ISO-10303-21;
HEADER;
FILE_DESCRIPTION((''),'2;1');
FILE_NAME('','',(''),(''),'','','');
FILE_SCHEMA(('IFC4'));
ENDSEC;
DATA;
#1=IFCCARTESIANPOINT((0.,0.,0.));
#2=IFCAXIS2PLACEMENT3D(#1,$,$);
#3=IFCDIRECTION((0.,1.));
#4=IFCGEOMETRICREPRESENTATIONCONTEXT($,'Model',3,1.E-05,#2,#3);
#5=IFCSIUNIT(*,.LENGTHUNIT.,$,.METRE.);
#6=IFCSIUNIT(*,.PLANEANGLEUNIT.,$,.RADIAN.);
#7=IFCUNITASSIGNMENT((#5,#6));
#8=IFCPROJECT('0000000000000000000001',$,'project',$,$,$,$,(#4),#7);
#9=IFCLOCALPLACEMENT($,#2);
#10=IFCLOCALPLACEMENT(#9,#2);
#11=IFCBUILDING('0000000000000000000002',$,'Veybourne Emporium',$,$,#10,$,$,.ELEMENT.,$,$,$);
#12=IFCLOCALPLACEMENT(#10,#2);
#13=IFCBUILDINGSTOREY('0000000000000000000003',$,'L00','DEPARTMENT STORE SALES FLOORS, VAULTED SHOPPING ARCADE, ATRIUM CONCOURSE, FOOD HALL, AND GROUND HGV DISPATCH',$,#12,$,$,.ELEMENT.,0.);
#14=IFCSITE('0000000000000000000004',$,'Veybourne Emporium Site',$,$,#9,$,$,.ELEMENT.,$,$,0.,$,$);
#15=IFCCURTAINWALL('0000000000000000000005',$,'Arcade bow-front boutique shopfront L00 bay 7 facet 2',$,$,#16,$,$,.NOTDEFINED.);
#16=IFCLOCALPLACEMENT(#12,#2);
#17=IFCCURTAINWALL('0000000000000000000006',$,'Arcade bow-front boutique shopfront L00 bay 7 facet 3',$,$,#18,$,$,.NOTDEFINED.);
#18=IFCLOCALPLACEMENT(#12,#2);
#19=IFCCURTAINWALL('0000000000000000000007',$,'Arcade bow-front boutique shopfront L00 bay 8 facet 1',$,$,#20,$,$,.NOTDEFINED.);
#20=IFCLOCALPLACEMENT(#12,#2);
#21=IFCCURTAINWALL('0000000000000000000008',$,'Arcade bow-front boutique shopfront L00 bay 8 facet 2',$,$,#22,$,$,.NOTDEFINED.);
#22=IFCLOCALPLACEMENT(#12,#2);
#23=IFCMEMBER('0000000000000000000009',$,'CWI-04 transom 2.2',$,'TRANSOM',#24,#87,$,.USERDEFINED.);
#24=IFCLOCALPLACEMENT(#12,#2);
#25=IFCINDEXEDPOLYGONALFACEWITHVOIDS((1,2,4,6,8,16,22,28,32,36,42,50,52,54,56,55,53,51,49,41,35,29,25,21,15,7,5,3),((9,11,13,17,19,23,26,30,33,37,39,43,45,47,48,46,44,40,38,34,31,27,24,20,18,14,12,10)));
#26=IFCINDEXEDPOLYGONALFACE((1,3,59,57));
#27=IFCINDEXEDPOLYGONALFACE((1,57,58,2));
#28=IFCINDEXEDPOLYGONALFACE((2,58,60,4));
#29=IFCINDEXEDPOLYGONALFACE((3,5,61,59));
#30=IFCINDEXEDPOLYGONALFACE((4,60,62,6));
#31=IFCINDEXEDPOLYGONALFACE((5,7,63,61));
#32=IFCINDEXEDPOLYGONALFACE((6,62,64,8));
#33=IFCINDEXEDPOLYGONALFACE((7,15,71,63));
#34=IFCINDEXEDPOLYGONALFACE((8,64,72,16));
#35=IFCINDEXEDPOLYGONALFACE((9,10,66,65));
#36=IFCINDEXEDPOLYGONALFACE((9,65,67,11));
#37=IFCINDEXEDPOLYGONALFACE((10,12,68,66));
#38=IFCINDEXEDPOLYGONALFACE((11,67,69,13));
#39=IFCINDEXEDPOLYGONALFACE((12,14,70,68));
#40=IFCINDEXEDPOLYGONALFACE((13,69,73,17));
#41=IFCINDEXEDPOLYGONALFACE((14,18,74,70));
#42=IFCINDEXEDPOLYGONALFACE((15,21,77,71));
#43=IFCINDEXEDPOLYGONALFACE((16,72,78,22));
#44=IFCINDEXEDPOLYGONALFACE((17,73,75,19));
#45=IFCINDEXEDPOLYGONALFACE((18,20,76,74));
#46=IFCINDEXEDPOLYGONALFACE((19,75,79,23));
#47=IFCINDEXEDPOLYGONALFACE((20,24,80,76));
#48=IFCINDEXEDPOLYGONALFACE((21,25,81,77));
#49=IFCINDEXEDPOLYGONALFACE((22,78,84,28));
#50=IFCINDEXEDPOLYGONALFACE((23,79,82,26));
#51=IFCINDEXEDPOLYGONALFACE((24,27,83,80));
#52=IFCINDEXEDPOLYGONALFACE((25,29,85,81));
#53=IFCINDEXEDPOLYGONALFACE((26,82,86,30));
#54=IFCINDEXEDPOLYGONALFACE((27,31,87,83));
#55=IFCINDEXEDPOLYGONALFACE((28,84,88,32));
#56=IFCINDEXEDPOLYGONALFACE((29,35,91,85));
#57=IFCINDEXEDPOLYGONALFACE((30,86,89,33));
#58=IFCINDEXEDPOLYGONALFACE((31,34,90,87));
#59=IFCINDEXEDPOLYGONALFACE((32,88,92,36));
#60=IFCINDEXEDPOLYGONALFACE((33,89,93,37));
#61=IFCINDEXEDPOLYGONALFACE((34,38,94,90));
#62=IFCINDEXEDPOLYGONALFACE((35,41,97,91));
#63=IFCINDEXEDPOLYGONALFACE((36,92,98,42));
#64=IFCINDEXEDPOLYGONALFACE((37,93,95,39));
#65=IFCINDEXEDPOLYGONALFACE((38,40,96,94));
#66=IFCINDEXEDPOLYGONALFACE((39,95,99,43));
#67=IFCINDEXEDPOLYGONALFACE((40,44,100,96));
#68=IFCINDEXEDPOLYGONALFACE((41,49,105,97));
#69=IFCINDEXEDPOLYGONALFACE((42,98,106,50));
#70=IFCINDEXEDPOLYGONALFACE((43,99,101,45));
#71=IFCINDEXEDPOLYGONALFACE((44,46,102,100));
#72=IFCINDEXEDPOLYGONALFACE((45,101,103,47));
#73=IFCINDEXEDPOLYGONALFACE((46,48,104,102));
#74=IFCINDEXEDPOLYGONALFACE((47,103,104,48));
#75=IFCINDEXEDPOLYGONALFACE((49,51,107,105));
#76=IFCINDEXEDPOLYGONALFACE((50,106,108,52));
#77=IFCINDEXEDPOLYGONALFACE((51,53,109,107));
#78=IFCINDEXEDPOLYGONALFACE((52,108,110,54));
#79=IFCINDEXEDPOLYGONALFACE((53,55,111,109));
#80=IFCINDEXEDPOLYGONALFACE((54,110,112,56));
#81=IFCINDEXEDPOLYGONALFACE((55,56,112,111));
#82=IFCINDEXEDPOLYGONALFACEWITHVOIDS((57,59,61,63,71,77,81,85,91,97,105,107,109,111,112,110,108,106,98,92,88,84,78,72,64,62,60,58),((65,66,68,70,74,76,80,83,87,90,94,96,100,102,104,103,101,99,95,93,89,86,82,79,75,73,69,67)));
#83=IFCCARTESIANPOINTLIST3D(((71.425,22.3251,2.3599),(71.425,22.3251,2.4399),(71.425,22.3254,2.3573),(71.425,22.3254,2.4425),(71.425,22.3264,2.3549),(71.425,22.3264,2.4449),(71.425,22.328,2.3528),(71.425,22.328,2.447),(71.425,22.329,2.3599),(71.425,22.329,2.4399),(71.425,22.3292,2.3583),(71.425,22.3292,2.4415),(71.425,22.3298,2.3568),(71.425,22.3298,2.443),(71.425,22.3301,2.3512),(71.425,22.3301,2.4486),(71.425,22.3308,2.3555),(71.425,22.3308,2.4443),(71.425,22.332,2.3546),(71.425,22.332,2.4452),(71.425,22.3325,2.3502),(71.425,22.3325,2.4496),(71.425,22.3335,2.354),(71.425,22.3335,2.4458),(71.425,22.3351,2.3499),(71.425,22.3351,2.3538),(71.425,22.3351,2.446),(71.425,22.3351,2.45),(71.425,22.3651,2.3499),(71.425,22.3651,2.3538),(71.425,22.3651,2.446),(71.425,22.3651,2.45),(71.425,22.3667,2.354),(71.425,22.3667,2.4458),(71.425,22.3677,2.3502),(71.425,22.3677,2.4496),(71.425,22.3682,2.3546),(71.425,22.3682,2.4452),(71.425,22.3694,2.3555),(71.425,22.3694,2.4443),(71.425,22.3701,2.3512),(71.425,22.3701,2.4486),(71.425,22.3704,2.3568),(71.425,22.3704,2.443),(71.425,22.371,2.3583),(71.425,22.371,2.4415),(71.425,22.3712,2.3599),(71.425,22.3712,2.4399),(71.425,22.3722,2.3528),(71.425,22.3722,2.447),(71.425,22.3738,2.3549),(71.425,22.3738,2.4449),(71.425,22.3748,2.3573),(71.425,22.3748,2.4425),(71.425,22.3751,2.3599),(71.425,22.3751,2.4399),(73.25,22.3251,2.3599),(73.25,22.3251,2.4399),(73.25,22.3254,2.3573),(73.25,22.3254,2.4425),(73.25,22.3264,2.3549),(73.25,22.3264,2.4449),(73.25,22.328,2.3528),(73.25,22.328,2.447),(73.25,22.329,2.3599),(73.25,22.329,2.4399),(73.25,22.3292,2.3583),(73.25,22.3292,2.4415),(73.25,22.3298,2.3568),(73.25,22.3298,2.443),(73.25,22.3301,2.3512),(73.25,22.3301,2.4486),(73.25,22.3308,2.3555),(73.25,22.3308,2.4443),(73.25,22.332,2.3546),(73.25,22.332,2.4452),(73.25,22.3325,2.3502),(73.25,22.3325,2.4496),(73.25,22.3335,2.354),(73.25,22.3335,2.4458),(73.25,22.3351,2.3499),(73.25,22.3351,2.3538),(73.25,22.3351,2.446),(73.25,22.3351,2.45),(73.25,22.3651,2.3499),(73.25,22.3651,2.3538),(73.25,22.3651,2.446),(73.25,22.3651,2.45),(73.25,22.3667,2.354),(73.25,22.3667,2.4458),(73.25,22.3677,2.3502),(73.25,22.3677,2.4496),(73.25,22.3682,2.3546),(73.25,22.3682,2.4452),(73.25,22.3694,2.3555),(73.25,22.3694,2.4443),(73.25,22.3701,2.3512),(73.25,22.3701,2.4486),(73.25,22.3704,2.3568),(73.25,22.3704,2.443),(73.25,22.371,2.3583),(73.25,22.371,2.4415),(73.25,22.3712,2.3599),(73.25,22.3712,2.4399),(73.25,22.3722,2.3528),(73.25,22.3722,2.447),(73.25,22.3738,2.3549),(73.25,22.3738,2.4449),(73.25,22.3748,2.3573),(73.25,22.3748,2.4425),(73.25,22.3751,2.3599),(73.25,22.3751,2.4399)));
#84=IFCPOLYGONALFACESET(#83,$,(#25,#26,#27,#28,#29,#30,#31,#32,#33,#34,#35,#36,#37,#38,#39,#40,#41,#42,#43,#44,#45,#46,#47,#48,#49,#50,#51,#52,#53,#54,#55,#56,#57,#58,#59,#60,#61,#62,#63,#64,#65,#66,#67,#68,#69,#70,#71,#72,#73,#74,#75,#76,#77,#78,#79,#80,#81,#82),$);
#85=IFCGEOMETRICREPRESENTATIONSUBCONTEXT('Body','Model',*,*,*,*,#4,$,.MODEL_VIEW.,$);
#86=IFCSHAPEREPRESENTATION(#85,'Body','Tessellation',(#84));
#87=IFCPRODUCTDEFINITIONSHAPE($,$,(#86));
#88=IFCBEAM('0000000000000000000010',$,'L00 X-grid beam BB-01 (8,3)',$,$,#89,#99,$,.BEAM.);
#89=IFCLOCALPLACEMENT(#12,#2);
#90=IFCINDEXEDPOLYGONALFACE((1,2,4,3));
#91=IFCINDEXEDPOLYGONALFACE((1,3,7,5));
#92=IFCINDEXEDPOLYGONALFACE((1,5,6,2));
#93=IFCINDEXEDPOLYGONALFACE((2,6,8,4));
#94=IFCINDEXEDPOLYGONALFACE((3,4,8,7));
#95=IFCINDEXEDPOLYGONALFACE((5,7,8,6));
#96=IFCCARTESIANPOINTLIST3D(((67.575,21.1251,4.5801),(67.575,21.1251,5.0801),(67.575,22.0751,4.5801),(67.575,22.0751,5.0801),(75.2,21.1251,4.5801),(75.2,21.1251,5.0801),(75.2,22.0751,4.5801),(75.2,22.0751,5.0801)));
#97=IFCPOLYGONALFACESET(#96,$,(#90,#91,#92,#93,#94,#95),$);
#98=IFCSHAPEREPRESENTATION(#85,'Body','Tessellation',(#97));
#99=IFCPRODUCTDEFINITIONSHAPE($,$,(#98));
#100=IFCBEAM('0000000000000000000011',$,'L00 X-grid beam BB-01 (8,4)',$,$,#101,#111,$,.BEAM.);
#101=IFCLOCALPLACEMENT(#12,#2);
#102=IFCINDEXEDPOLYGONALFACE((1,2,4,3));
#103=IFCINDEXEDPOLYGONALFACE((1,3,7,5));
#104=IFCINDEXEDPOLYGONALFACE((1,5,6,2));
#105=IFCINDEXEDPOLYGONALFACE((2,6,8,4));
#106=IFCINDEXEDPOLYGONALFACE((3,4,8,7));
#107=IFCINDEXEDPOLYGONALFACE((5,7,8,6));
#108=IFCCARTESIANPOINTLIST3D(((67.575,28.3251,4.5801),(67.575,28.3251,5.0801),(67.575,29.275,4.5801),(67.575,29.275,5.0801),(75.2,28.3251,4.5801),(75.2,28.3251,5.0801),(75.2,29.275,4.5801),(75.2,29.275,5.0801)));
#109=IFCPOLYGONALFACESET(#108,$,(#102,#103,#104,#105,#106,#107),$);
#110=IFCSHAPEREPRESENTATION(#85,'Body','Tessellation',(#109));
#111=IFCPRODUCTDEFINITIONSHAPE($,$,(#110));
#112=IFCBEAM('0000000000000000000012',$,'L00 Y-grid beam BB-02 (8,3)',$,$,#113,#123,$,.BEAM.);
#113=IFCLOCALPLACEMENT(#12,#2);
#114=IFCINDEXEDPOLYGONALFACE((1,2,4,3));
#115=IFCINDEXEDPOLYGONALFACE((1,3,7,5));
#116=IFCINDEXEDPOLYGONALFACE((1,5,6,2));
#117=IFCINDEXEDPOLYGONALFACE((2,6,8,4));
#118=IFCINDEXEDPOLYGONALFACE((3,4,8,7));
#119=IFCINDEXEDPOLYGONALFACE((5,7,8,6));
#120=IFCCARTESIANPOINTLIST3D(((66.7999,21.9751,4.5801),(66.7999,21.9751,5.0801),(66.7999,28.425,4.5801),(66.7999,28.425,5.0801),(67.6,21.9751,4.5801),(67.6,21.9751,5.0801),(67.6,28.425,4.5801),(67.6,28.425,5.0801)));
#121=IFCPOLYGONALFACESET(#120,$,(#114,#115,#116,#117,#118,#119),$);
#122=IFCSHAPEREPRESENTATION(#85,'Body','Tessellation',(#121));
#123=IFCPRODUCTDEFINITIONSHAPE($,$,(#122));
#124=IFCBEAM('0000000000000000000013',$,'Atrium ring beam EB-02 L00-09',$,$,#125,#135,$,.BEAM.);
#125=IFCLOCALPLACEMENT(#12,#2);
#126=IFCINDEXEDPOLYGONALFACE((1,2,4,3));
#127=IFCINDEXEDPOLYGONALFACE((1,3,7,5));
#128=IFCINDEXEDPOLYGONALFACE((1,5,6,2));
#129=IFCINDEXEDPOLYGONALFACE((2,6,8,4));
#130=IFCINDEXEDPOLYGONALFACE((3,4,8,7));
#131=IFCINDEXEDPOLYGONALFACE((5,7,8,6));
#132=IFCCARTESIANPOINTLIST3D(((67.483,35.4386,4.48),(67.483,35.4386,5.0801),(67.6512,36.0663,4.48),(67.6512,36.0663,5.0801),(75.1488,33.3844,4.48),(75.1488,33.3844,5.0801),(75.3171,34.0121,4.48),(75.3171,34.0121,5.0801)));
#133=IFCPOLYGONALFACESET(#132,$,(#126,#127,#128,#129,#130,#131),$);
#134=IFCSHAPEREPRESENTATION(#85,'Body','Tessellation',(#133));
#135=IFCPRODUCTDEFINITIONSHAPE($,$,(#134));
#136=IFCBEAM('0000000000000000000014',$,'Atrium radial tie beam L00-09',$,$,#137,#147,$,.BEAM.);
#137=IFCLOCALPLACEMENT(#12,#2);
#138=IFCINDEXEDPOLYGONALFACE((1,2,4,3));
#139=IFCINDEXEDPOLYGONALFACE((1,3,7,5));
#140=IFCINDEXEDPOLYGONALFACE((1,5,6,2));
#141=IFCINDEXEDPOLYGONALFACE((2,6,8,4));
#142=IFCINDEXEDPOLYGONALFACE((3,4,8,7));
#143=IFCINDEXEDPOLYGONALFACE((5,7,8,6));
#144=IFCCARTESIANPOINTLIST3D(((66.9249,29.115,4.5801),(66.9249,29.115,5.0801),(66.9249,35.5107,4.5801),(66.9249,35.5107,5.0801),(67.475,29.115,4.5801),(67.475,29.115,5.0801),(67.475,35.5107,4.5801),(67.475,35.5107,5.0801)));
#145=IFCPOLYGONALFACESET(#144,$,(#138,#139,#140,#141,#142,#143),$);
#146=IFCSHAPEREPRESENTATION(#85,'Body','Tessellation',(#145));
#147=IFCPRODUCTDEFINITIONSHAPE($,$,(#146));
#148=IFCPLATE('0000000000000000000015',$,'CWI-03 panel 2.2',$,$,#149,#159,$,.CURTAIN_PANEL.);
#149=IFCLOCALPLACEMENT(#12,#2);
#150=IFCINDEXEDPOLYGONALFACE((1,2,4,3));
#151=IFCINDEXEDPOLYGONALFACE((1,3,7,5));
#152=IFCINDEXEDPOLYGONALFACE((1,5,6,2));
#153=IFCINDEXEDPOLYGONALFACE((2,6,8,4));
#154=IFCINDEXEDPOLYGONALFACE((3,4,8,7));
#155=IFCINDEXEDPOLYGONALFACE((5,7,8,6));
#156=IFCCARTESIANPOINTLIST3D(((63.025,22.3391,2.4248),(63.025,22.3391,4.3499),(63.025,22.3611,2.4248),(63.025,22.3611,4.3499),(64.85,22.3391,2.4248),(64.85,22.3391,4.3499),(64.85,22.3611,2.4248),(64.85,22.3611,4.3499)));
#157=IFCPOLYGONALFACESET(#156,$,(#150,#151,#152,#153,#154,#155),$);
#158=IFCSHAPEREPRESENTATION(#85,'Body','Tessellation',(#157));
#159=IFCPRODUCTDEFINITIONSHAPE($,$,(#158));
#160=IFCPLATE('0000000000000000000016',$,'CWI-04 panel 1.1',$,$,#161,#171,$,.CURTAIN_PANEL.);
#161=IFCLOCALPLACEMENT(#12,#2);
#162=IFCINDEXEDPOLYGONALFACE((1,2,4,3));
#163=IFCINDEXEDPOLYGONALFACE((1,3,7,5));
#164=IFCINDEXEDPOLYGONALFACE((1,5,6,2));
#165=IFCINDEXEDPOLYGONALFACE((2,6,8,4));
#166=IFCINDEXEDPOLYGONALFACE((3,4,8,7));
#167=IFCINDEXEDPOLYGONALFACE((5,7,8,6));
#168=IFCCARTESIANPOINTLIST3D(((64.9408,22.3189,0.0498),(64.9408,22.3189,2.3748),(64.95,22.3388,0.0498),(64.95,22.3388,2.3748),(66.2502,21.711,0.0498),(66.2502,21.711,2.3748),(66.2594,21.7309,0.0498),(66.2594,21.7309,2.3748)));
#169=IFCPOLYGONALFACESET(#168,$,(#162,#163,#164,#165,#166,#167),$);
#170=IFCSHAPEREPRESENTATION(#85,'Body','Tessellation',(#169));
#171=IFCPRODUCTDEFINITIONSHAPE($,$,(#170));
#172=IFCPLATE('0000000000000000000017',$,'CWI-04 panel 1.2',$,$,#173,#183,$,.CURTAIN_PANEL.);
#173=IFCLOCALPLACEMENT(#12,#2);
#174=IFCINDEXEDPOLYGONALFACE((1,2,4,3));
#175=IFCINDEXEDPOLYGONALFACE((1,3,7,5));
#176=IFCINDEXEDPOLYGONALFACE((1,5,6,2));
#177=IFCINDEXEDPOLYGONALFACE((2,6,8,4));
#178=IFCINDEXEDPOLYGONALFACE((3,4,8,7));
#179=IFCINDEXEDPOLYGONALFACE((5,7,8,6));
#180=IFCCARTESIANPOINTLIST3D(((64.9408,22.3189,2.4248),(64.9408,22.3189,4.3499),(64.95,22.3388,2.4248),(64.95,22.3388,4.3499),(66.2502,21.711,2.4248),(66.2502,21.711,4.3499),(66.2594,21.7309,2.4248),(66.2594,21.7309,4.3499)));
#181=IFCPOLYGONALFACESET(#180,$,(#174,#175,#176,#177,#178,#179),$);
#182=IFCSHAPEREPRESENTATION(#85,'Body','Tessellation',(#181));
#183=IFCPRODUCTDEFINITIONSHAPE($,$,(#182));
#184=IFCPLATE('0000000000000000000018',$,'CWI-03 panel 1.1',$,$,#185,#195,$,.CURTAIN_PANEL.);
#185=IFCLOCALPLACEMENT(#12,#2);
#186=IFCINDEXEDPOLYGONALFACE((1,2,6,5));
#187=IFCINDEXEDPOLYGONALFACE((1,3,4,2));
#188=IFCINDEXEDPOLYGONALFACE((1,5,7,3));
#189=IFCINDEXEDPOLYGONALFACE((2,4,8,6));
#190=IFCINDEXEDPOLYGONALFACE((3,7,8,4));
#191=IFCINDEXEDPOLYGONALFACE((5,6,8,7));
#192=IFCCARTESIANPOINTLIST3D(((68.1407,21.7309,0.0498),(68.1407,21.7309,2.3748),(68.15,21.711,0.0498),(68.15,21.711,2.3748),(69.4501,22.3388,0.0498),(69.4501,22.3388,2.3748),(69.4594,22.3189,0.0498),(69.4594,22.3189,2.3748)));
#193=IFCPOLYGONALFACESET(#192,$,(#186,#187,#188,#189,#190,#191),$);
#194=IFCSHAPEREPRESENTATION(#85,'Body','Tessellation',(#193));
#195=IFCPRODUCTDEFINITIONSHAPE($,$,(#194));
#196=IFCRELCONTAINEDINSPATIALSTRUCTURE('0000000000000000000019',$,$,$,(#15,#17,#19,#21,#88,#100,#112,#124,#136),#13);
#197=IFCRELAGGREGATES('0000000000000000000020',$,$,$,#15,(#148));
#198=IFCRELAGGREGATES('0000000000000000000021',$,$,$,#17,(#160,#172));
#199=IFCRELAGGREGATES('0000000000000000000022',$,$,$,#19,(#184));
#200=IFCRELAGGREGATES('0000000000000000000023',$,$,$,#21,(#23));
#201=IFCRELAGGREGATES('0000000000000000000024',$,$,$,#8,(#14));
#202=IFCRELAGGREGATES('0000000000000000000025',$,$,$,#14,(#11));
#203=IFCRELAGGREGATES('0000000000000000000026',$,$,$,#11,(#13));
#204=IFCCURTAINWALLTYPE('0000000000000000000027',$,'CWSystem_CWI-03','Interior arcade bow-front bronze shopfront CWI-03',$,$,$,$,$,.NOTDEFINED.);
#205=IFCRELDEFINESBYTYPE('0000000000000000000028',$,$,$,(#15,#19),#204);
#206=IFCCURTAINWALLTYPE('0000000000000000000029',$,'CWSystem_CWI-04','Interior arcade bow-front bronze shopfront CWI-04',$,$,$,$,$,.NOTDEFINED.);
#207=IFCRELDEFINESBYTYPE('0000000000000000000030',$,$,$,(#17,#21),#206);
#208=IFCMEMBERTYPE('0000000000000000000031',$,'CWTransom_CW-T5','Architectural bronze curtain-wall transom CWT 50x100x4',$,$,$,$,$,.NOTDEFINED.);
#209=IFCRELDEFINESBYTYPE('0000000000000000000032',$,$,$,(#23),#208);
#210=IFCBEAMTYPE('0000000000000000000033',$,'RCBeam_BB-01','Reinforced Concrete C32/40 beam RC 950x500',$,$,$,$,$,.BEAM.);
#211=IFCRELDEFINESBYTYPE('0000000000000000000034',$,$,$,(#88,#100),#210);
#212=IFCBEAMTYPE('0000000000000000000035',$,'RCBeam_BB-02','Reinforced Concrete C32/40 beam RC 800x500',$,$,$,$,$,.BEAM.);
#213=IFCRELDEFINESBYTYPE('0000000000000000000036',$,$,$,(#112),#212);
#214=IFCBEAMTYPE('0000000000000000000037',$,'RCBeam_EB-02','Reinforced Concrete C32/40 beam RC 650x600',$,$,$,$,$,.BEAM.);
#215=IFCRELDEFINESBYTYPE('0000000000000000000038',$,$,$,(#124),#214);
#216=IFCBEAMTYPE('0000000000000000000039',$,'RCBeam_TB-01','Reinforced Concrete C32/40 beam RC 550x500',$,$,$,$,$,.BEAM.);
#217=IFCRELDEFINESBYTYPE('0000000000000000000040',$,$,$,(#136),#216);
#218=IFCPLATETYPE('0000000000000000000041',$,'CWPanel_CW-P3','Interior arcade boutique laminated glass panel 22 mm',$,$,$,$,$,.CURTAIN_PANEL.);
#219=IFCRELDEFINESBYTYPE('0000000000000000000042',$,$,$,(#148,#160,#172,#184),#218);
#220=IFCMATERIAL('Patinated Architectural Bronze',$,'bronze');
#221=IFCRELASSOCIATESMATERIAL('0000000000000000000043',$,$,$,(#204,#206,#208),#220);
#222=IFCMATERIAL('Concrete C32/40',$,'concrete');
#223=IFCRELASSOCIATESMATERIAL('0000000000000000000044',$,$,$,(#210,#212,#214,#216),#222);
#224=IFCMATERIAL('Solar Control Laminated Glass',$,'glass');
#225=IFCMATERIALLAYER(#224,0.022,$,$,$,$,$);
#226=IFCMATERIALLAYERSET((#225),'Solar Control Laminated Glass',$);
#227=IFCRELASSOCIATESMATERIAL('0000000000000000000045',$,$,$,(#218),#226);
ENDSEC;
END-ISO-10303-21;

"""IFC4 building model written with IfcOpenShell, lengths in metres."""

from ifc_helpers import new_model, si_unit, direction, frame, origin, origin_2d, place, context, subcontext, project, spatial, rectangle, hollow_rectangle, extrude, material, layer, layer_set, material_profile, profile_set, type_object, element, aggregate, save


model = new_model("IFC4")

# Units and contexts
model_context = context("Model", 3, precision=1e-05, world=origin(), true_north=direction((0.0, 1.0)))
body_context = subcontext(model_context, "Body", "Model", "MODEL_VIEW")
ifc_project = project(units=[si_unit("LENGTHUNIT", "METRE"), si_unit("PLANEANGLEUNIT", "RADIAN")], contexts=[model_context])

# Site, building, storey
site_placement = place(None, origin())
site = spatial("IfcSite", under=ifc_project, at=site_placement, Name="Veybourne Emporium Site", CompositionType="ELEMENT", RefElevation=0.0)
building_placement = place(site_placement, origin())
building = spatial("IfcBuilding", under=site, at=building_placement, Name="Veybourne Emporium", CompositionType="ELEMENT")
storey_placement = place(building_placement, origin())
storey = spatial("IfcBuildingStorey", under=building, at=storey_placement, Name="L00", Description="DEPARTMENT STORE SALES FLOORS, VAULTED SHOPPING ARCADE, ATRIUM CONCOURSE, FOOD HALL, AND GROUND HGV DISPATCH", CompositionType="ELEMENT", Elevation=0.0)

# Curtain wall
ifc_material_1 = material(Name="Patinated Architectural Bronze", Category="bronze")
curtain_wall_type_1 = type_object("IfcCurtainWallType", Name="CWSystem_CWI-03", Description="Interior arcade bow-front bronze shopfront CWI-03", PredefinedType="NOTDEFINED", material=ifc_material_1)
curtain_wall_1_placement = place(storey_placement, origin())
curtain_wall_1 = element("IfcCurtainWall", 1, at=curtain_wall_1_placement, inside=storey, type_object=curtain_wall_type_1, Name="Arcade bow-front boutique shopfront L00 bay 7 facet 2", PredefinedType="NOTDEFINED")

# Curtain walls
curtain_wall_type_2 = type_object("IfcCurtainWallType", Name="CWSystem_CWI-04", Description="Interior arcade bow-front bronze shopfront CWI-04", PredefinedType="NOTDEFINED", material=ifc_material_1)
curtain_wall_2_placement = place(storey_placement, origin())
curtain_wall_2 = element("IfcCurtainWall", 2, at=curtain_wall_2_placement, inside=storey, type_object=curtain_wall_type_2, Name="Arcade bow-front boutique shopfront L00 bay 7 facet 3", PredefinedType="NOTDEFINED")
curtain_wall_3_placement = place(storey_placement, origin())
curtain_wall_3 = element("IfcCurtainWall", 3, at=curtain_wall_3_placement, inside=storey, type_object=curtain_wall_type_1, Name="Arcade bow-front boutique shopfront L00 bay 8 facet 1", PredefinedType="NOTDEFINED")
curtain_wall_4_placement = place(storey_placement, origin())
curtain_wall_4 = element("IfcCurtainWall", 4, at=curtain_wall_4_placement, inside=storey, type_object=curtain_wall_type_2, Name="Arcade bow-front boutique shopfront L00 bay 8 facet 2", PredefinedType="NOTDEFINED")

# Member
ifc_material_profile_1 = material_profile(ifc_material_1, hollow_rectangle(XDim=0.05, YDim=0.1001, WallThickness=0.0039, InnerFilletRadius=0.0061, OuterFilletRadius=0.01, at=origin_2d()), Name="CWT 50x100x4")
ifc_profile_set_1 = profile_set([ifc_material_profile_1], Name="Patinated Architectural Bronze")
member_type_1 = type_object("IfcMemberType", Name="CWTransom_CW-T5", Description="Architectural bronze curtain-wall transom CWT 50x100x4", PredefinedType="NOTDEFINED", material=ifc_profile_set_1)
member_1_placement = place(storey_placement, frame((71.425, 22.3501, 2.3999), z_axis=(1.0, 0.0, 0.0), x_axis=(0.0, 1.0, 0.0)))
member_1 = element("IfcMember", 5, at=member_1_placement, type_object=member_type_1, Name="CWI-04 transom 2.2", ObjectType="TRANSOM", PredefinedType="USERDEFINED", context=body_context, shape_type="SweptSolid", body=[
    extrude(hollow_rectangle(XDim=0.05, YDim=0.1001, WallThickness=0.0039, InnerFilletRadius=0.0061, OuterFilletRadius=0.01, at=origin_2d()), origin(), (0.0, 0.0, 1.0), 1.825),
])

# Beams
ifc_material_2 = material(Name="Concrete C32/40", Category="concrete")
ifc_material_profile_2 = material_profile(ifc_material_2, rectangle(XDim=0.95, YDim=0.5, at=origin_2d()), Name="RC 950x500")
ifc_profile_set_2 = profile_set([ifc_material_profile_2], Name="Concrete C32/40")
beam_type_1 = type_object("IfcBeamType", Name="RCBeam_BB-01", Description="Reinforced Concrete C32/40 beam RC 950x500", PredefinedType="BEAM", material=ifc_profile_set_2)
for number, where, z_axis, x_axis, name in (
    (6, (67.575, 21.6001, 4.8301), (1.0, 0.0, 0.0), (0.0, 1.0, 0.0), "L00 X-grid beam BB-01 (8,3)"),
    (7, (67.575, 28.8, 4.8301), (1.0, 0.0, 0.0), (0.0, 1.0, 0.0), "L00 X-grid beam BB-01 (8,4)"),
):
    element("IfcBeam", number, at=place(storey_placement, frame(where, z_axis=z_axis, x_axis=x_axis)), inside=storey, type_object=beam_type_1, Name=name, PredefinedType="BEAM", context=body_context, shape_type="SweptSolid", body=[
        extrude(rectangle(XDim=0.95, YDim=0.5, at=origin_2d()), origin(), (0.0, 0.0, 1.0), 7.625),
    ])
ifc_material_profile_3 = material_profile(ifc_material_2, rectangle(XDim=0.8, YDim=0.5, at=origin_2d()), Name="RC 800x500")
ifc_profile_set_3 = profile_set([ifc_material_profile_3], Name="Concrete C32/40")
beam_type_2 = type_object("IfcBeamType", Name="RCBeam_BB-02", Description="Reinforced Concrete C32/40 beam RC 800x500", PredefinedType="BEAM", material=ifc_profile_set_3)
beam_1_placement = place(storey_placement, frame((67.2, 21.9751, 4.8301), z_axis=(0.0, 1.0, 0.0), x_axis=(-1.0, 0.0, 0.0)))
element("IfcBeam", 8, at=beam_1_placement, inside=storey, type_object=beam_type_2, Name="L00 Y-grid beam BB-02 (8,3)", PredefinedType="BEAM", context=body_context, shape_type="SweptSolid", body=[
    extrude(rectangle(XDim=0.8, YDim=0.5, at=origin_2d()), origin(), (0.0, 0.0, 1.0), 6.45),
])
ifc_material_profile_4 = material_profile(ifc_material_2, rectangle(XDim=0.6499, YDim=0.6001, at=origin_2d()), Name="RC 650x600")
ifc_profile_set_4 = profile_set([ifc_material_profile_4], Name="Concrete C32/40")
beam_type_3 = type_object("IfcBeamType", Name="RCBeam_EB-02", Description="Reinforced Concrete C32/40 beam RC 650x600", PredefinedType="BEAM", material=ifc_profile_set_4)
beam_2_placement = place(storey_placement, frame((67.5671, 35.7524, 4.78), z_axis=(0.965921, -0.258838, 0.0), x_axis=(0.258838, 0.965921, 0.0)))
element("IfcBeam", 9, at=beam_2_placement, inside=storey, type_object=beam_type_3, Name="Atrium ring beam EB-02 L00-09", PredefinedType="BEAM", context=body_context, shape_type="SweptSolid", body=[
    extrude(rectangle(XDim=0.6499, YDim=0.6001, at=origin_2d()), origin(), (0.0, 0.0, 1.0), 7.9363),
])
ifc_material_profile_5 = material_profile(ifc_material_2, rectangle(XDim=0.55, YDim=0.5, at=origin_2d()), Name="RC 550x500")
ifc_profile_set_5 = profile_set([ifc_material_profile_5], Name="Concrete C32/40")
beam_type_4 = type_object("IfcBeamType", Name="RCBeam_TB-01", Description="Reinforced Concrete C32/40 beam RC 550x500", PredefinedType="BEAM", material=ifc_profile_set_5)
beam_3_placement = place(storey_placement, frame((67.2, 35.5107, 4.8301), z_axis=(0.0, -1.0, 0.0), x_axis=(1.0, 0.0, 0.0)))
element("IfcBeam", 10, at=beam_3_placement, inside=storey, type_object=beam_type_4, Name="Atrium radial tie beam L00-09", PredefinedType="BEAM", context=body_context, shape_type="SweptSolid", body=[
    extrude(rectangle(XDim=0.55, YDim=0.5, at=origin_2d()), origin(), (0.0, 0.0, 1.0), 6.3958),
])

# Plates
ifc_material_3 = material(Name="Solar Control Laminated Glass", Category="glass")
ifc_layer_1 = layer(ifc_material_3, 0.022)
ifc_layer_set_1 = layer_set([ifc_layer_1], Name="Solar Control Laminated Glass")
plate_type = type_object("IfcPlateType", Name="CWPanel_CW-P3", Description="Interior arcade boutique laminated glass panel 22 mm", PredefinedType="CURTAIN_PANEL", material=ifc_layer_set_1)
plate_1_placement = place(storey_placement, frame((63.9375, 22.3501, 2.4248), z_axis=(0.0, 0.0, 1.0), x_axis=(1.0, 0.0, 0.0)))
plate_1 = element("IfcPlate", 11, at=plate_1_placement, type_object=plate_type, Name="CWI-03 panel 2.2", PredefinedType="CURTAIN_PANEL", context=body_context, shape_type="SweptSolid", body=[
    extrude(rectangle(XDim=1.825, YDim=0.022, at=origin_2d()), origin(), (0.0, 0.0, 1.0), 1.925),
])
aggregate(curtain_wall_1, [plate_1])
plate_2_placement = place(storey_placement, frame((65.6001, 22.0249, 0.0498), z_axis=(0.0, 0.0, 1.0), x_axis=(0.907009, -0.421111, 0.0)))
plate_2 = element("IfcPlate", 12, at=plate_2_placement, type_object=plate_type, Name="CWI-04 panel 1.1", PredefinedType="CURTAIN_PANEL", context=body_context, shape_type="SweptSolid", body=[
    extrude(rectangle(XDim=1.4436, YDim=0.022, at=origin_2d()), origin(), (0.0, 0.0, 1.0), 2.325),
])
plate_3_placement = place(storey_placement, frame((65.6001, 22.0249, 2.4248), z_axis=(0.0, 0.0, 1.0), x_axis=(0.907009, -0.421111, 0.0)))
plate_3 = element("IfcPlate", 13, at=plate_3_placement, type_object=plate_type, Name="CWI-04 panel 1.2", PredefinedType="CURTAIN_PANEL", context=body_context, shape_type="SweptSolid", body=[
    extrude(rectangle(XDim=1.4436, YDim=0.022, at=origin_2d()), origin(), (0.0, 0.0, 1.0), 1.925),
])
aggregate(curtain_wall_2, [plate_2, plate_3])
plate_4_placement = place(storey_placement, frame((68.8, 22.0249, 0.0498), z_axis=(0.0, 0.0, 1.0), x_axis=(0.907009, 0.421111, 0.0)))
plate_4 = element("IfcPlate", 14, at=plate_4_placement, type_object=plate_type, Name="CWI-03 panel 1.1", PredefinedType="CURTAIN_PANEL", context=body_context, shape_type="SweptSolid", body=[
    extrude(rectangle(XDim=1.4436, YDim=0.022, at=origin_2d()), origin(), (0.0, 0.0, 1.0), 2.325),
])
aggregate(curtain_wall_3, [plate_4])
aggregate(curtain_wall_4, [member_1])

save(model, "model.ifc")
